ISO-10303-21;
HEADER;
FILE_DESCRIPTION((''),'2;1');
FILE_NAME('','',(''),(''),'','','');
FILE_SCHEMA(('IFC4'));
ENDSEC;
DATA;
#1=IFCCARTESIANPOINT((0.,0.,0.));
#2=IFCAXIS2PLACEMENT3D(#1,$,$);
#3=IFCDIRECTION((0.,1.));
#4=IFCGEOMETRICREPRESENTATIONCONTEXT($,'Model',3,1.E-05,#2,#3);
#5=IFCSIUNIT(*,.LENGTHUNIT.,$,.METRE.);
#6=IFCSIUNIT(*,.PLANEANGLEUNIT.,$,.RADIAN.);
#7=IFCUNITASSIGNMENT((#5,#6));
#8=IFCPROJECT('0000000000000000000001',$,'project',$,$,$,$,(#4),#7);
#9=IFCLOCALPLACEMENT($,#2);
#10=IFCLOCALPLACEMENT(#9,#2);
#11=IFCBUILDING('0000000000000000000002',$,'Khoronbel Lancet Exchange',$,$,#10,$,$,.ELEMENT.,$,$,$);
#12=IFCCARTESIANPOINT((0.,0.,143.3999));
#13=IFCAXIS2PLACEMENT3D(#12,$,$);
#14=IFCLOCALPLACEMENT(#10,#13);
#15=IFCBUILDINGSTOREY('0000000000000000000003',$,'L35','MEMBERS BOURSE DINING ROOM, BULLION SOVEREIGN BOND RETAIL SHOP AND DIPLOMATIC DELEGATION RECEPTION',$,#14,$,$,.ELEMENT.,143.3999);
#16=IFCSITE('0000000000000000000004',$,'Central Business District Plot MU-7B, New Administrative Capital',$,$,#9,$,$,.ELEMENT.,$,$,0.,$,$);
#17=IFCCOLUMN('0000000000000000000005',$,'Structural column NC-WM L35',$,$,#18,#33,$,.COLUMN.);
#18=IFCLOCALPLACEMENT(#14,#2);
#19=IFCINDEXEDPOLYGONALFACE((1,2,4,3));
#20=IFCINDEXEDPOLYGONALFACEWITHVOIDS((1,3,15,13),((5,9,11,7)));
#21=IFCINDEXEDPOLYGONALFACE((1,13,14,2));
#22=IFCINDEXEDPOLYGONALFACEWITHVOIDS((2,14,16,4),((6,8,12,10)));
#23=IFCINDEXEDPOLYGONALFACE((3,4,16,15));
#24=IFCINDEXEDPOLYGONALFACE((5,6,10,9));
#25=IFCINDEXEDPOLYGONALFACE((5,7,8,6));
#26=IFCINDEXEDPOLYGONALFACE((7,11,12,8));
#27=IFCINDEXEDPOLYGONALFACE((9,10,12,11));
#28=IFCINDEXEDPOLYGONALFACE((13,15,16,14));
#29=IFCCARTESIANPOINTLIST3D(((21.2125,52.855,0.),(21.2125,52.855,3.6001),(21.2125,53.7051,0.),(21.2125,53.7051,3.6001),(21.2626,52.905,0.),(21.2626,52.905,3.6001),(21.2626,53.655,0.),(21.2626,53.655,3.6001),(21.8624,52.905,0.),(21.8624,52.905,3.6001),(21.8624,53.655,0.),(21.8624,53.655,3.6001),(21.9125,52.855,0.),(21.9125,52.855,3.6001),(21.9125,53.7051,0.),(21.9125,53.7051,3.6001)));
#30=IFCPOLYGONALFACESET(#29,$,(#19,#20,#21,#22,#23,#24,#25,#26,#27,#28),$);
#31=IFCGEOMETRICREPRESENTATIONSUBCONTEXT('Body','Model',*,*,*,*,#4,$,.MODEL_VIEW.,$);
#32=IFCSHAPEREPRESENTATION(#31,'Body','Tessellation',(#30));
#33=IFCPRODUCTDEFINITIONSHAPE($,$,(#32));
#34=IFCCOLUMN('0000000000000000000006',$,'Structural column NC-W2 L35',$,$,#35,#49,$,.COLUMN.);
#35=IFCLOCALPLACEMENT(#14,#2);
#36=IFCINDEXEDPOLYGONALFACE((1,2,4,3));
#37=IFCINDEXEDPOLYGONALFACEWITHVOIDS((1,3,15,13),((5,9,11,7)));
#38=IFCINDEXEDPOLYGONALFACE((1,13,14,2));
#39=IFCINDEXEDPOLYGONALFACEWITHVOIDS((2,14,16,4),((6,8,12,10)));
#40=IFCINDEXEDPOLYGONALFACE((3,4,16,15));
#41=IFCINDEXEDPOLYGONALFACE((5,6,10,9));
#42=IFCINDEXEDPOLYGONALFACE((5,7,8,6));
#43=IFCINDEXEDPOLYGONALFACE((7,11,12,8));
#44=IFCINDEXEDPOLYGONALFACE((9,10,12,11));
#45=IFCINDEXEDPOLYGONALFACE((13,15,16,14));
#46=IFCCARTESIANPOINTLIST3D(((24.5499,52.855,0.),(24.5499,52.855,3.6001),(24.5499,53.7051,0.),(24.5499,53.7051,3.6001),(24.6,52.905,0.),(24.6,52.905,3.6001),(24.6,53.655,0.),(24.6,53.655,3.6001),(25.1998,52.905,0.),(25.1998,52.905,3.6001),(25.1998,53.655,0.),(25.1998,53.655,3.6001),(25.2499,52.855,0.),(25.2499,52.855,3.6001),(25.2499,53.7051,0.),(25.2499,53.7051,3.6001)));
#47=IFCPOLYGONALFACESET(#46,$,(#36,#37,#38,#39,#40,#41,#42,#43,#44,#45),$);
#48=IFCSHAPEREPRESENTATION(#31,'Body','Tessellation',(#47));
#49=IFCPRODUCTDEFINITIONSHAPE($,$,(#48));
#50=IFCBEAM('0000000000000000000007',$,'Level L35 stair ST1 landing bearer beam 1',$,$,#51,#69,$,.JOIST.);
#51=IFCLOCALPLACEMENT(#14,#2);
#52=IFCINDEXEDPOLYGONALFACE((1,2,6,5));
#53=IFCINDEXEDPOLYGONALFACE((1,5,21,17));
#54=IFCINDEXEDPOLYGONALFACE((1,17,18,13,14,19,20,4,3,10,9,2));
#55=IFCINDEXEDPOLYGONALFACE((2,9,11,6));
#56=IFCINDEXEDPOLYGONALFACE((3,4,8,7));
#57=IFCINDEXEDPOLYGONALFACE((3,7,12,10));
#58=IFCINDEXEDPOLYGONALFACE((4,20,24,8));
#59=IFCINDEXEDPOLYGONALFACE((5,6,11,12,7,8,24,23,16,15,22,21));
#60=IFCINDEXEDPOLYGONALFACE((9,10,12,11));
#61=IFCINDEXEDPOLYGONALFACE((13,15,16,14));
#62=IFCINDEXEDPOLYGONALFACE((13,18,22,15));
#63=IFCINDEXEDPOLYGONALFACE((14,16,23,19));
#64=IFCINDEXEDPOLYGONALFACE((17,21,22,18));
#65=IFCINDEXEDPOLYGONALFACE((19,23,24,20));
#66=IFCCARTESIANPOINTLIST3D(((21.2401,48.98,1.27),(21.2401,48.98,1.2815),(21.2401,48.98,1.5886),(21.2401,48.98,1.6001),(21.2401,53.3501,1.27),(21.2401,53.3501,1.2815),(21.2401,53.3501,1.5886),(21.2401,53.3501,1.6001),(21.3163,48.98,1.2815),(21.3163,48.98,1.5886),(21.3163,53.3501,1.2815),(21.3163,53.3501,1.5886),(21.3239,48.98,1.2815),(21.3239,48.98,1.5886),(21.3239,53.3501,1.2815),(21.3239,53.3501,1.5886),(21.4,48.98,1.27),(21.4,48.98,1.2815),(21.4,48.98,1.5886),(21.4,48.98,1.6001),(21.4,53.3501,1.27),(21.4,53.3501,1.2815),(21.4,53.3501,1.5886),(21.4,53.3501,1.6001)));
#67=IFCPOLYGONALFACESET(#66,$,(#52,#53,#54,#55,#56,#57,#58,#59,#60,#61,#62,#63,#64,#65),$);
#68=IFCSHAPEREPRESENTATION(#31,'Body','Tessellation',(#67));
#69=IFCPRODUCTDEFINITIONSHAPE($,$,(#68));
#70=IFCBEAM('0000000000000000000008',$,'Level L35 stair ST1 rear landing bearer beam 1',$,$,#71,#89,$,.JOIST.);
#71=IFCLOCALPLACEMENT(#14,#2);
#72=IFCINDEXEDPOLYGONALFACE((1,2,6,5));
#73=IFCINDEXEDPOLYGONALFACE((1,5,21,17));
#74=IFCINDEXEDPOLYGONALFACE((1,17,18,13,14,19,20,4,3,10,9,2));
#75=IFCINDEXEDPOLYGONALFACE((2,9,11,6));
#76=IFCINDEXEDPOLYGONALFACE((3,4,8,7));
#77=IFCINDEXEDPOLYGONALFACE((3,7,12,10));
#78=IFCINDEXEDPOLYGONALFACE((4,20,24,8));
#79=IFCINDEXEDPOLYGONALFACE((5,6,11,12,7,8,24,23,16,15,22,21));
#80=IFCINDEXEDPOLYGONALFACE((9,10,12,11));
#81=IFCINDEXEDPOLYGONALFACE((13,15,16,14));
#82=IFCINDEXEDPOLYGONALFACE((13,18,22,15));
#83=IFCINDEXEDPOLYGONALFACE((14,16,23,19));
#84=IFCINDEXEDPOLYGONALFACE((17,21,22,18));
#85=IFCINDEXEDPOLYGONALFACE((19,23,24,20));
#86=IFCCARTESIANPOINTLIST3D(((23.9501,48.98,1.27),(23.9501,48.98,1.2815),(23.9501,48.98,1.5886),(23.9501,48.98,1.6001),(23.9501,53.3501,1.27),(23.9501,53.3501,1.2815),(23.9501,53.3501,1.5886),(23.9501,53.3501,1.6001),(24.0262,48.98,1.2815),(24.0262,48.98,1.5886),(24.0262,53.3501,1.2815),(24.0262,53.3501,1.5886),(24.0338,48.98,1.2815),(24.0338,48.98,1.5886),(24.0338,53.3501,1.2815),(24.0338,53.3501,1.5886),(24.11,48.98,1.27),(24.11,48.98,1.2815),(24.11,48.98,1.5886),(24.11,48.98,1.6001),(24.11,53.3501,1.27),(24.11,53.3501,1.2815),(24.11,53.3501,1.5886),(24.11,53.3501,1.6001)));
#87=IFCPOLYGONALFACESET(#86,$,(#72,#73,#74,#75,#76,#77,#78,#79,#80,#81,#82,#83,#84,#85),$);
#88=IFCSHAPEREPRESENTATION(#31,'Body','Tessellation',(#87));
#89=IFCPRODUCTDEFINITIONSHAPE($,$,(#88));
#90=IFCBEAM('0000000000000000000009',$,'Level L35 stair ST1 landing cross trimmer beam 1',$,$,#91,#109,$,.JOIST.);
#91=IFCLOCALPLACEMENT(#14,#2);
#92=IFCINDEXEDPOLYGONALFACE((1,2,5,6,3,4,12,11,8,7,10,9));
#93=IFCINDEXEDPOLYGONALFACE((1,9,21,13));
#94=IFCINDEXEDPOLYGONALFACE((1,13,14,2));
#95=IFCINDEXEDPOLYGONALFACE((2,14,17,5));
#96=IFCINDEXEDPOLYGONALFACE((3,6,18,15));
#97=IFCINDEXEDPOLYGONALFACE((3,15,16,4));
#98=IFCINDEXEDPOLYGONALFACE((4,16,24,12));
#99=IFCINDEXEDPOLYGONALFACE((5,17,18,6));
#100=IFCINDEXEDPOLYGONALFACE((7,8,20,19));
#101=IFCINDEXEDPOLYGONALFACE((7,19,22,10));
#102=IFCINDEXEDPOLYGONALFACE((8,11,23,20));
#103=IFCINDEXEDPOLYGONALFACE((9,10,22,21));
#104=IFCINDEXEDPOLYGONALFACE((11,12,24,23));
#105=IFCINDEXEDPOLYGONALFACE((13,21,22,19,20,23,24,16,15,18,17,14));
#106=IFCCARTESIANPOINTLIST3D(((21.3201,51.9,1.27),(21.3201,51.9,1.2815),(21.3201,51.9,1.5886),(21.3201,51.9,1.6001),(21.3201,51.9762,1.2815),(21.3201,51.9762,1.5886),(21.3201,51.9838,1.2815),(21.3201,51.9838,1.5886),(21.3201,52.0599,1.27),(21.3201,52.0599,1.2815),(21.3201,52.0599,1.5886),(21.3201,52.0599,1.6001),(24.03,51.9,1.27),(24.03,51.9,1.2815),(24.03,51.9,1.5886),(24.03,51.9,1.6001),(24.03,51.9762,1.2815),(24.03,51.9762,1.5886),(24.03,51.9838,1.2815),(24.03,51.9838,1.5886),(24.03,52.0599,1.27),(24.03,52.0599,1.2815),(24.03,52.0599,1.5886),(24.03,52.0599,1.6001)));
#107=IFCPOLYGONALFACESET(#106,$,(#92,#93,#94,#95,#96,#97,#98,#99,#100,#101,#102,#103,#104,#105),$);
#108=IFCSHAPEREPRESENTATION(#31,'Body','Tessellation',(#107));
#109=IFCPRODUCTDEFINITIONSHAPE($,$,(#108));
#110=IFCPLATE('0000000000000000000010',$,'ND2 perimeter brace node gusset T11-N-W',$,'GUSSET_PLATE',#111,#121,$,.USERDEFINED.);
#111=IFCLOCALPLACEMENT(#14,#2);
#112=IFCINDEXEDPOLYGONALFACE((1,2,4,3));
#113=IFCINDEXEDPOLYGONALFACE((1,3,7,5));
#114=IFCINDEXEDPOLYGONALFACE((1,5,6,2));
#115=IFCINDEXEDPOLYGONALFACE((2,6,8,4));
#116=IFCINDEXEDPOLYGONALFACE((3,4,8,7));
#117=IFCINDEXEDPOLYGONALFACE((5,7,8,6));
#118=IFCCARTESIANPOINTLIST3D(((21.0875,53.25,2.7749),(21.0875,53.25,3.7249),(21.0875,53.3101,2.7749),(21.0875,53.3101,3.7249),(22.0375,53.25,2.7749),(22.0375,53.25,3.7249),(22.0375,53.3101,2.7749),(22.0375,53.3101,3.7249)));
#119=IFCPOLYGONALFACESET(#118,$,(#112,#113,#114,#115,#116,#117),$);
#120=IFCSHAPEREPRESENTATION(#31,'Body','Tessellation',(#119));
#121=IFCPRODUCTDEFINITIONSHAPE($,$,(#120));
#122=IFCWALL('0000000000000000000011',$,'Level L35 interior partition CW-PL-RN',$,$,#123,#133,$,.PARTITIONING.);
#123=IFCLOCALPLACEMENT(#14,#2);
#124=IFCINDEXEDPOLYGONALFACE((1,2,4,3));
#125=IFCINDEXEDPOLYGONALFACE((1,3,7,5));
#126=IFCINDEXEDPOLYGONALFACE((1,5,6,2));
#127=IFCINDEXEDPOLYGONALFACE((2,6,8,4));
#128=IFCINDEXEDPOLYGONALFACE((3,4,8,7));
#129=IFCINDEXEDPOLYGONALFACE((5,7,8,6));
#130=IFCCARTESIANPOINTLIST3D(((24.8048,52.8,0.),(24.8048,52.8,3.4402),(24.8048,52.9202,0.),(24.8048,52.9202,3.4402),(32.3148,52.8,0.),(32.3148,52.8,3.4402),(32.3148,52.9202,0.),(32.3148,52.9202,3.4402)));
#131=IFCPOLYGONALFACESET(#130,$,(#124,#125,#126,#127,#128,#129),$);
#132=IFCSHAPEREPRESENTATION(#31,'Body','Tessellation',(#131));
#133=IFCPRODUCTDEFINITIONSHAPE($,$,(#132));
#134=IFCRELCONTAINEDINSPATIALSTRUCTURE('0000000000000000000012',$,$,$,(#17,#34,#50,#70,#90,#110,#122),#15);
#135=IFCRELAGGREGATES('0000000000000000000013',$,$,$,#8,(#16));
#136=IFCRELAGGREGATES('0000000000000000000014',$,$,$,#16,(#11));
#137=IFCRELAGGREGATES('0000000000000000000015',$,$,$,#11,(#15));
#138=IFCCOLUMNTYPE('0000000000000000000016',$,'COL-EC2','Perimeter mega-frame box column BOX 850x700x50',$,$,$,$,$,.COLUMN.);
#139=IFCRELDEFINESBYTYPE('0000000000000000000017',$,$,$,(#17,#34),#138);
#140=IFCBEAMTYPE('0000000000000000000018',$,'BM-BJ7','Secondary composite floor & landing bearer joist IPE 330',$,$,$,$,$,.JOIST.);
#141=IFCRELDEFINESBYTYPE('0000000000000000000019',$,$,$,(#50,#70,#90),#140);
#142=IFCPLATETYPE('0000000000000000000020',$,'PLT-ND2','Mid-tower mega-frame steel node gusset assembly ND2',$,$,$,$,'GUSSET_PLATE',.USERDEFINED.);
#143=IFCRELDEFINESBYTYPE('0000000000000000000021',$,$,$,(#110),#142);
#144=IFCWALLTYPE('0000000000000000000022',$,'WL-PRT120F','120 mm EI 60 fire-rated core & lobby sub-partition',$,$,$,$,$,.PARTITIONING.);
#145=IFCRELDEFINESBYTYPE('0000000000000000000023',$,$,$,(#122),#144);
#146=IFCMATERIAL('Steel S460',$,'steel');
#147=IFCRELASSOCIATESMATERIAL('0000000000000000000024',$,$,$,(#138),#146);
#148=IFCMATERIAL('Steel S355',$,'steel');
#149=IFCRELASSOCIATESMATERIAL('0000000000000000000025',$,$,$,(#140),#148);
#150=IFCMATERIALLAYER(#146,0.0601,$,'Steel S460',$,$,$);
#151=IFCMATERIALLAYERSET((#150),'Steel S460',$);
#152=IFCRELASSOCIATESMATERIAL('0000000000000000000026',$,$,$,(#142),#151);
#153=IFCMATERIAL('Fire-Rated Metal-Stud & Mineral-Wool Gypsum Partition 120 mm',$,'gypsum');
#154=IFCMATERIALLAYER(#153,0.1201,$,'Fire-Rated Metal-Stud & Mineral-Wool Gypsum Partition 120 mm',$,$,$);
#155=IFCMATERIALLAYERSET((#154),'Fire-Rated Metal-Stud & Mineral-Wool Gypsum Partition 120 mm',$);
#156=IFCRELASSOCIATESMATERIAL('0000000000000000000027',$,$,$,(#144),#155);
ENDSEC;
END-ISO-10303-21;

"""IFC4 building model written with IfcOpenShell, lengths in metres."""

from ifc_helpers import new_model, si_unit, direction, frame, frame_2d, origin, origin_2d, place, context, subcontext, project, spatial, rectangle, hollow_rectangle, i_section, extrude, material, layer, layer_set, material_profile, profile_set, type_object, element, save


model = new_model("IFC4")

# Units and contexts
model_context = context("Model", 3, precision=1e-05, world=origin(), true_north=direction((0.0, 1.0)))
body_context = subcontext(model_context, "Body", "Model", "MODEL_VIEW")
ifc_project = project(units=[si_unit("LENGTHUNIT", "METRE"), si_unit("PLANEANGLEUNIT", "RADIAN")], contexts=[model_context])

# Site, building, storey
site_placement = place(None, origin())
site = spatial("IfcSite", under=ifc_project, at=site_placement, Name="Central Business District Plot MU-7B, New Administrative Capital", CompositionType="ELEMENT", RefElevation=0.0)
building_placement = place(site_placement, origin())
building = spatial("IfcBuilding", under=site, at=building_placement, Name="Khoronbel Lancet Exchange", CompositionType="ELEMENT")
storey_placement = place(building_placement, frame((0.0, 0.0, 143.3999)))
storey = spatial("IfcBuildingStorey", under=building, at=storey_placement, Name="L35", Description="MEMBERS BOURSE DINING ROOM, BULLION SOVEREIGN BOND RETAIL SHOP AND DIPLOMATIC DELEGATION RECEPTION", CompositionType="ELEMENT", Elevation=143.3999)

# Columns
ifc_material_1 = material(Name="Steel S460", Category="steel")
ifc_material_profile_1 = material_profile(ifc_material_1, hollow_rectangle(XDim=0.7, YDim=0.8501, WallThickness=0.05, at=origin_2d()), Name="BOX 850x700x50")
ifc_profile_set_1 = profile_set([ifc_material_profile_1], Name="Steel S460")
column_type = type_object("IfcColumnType", Name="COL-EC2", Description="Perimeter mega-frame box column BOX 850x700x50", PredefinedType="COLUMN", material=ifc_profile_set_1)
for number, where, z_axis, x_axis, name in (
    (1, (21.5625, 53.28, 0.0), (0.0, 0.0, 1.0), (1.0, 0.0, 0.0), "Structural column NC-WM L35"),
    (2, (24.8999, 53.28, 0.0), (0.0, 0.0, 1.0), (1.0, 0.0, 0.0), "Structural column NC-W2 L35"),
):
    element("IfcColumn", number, at=place(storey_placement, frame(where, z_axis=z_axis, x_axis=x_axis)), inside=storey, type_object=column_type, Name=name, PredefinedType="COLUMN", context=body_context, shape_type="SweptSolid", body=[
        extrude(hollow_rectangle(XDim=0.7, YDim=0.8501, WallThickness=0.05, at=origin_2d()), origin(), (0.0, 0.0, 1.0), 3.6001),
    ])

# Beams
ifc_material_2 = material(Name="Steel S355", Category="steel")
ifc_material_profile_2 = material_profile(ifc_material_2, i_section(OverallWidth=0.1599, OverallDepth=0.3301, WebThickness=0.0076, FlangeThickness=0.0115, at=origin_2d()), Name="IPE 330")
ifc_profile_set_2 = profile_set([ifc_material_profile_2], Name="Steel S355")
beam_type = type_object("IfcBeamType", Name="BM-BJ7", Description="Secondary composite floor & landing bearer joist IPE 330", PredefinedType="JOIST", material=ifc_profile_set_2)
for number, where, z_axis, x_axis, name in (
    (3, (21.3201, 48.98, 1.4351), (0.0, 1.0, 0.0), (-1.0, 0.0, 0.0), "Level L35 stair ST1 landing bearer beam 1"),
    (4, (24.03, 48.98, 1.4351), (0.0, 1.0, 0.0), (-1.0, 0.0, 0.0), "Level L35 stair ST1 rear landing bearer beam 1"),
):
    element("IfcBeam", number, at=place(storey_placement, frame(where, z_axis=z_axis, x_axis=x_axis)), inside=storey, type_object=beam_type, Name=name, PredefinedType="JOIST", context=body_context, shape_type="SweptSolid", body=[
        extrude(i_section(OverallWidth=0.1599, OverallDepth=0.3301, WebThickness=0.0076, FlangeThickness=0.0115, at=origin_2d()), origin(), (0.0, 0.0, 1.0), 4.3701),
    ])
beam_placement = place(storey_placement, frame((21.3201, 51.98, 1.4351), z_axis=(1.0, 0.0, 0.0), x_axis=(0.0, 1.0, 0.0)))
element("IfcBeam", 5, at=beam_placement, inside=storey, type_object=beam_type, Name="Level L35 stair ST1 landing cross trimmer beam 1", PredefinedType="JOIST", context=body_context, shape_type="SweptSolid", body=[
    extrude(i_section(OverallWidth=0.1599, OverallDepth=0.3301, WebThickness=0.0076, FlangeThickness=0.0115, at=origin_2d()), origin(), (0.0, 0.0, 1.0), 2.71),
])

# Plate
ifc_layer_1 = layer(ifc_material_1, 0.0601, Name="Steel S460")
ifc_layer_set_1 = layer_set([ifc_layer_1], Name="Steel S460")
plate_type = type_object("IfcPlateType", Name="PLT-ND2", Description="Mid-tower mega-frame steel node gusset assembly ND2", ElementType="GUSSET_PLATE", PredefinedType="USERDEFINED", material=ifc_layer_set_1)
plate_placement = place(storey_placement, frame((21.5625, 53.28, 2.7749), z_axis=(0.0, 0.0, 1.0), x_axis=(1.0, 0.0, 0.0)))
element("IfcPlate", 6, at=plate_placement, inside=storey, type_object=plate_type, Name="ND2 perimeter brace node gusset T11-N-W", ObjectType="GUSSET_PLATE", PredefinedType="USERDEFINED", context=body_context, shape_type="SweptSolid", body=[
    extrude(rectangle(XDim=0.95, YDim=0.0601, at=origin_2d()), origin(), (0.0, 0.0, 1.0), 0.95),
])

# Wall
ifc_material_3 = material(Name="Fire-Rated Metal-Stud & Mineral-Wool Gypsum Partition 120 mm", Category="gypsum")
ifc_layer_2 = layer(ifc_material_3, 0.1201, Name="Fire-Rated Metal-Stud & Mineral-Wool Gypsum Partition 120 mm")
ifc_layer_set_2 = layer_set([ifc_layer_2], Name="Fire-Rated Metal-Stud & Mineral-Wool Gypsum Partition 120 mm")
wall_type_1 = type_object("IfcWallType", Name="WL-PRT120F", Description="120 mm EI 60 fire-rated core & lobby sub-partition", PredefinedType="PARTITIONING", material=ifc_layer_set_2)
wall_1_placement = place(storey_placement, frame((24.8049, 52.8601, 0.0), z_axis=(0.0, 0.0, 1.0), x_axis=(1.0, 0.0, 0.0)))
element("IfcWall", 7, at=wall_1_placement, inside=storey, type_object=wall_type_1, Name="Level L35 interior partition CW-PL-RN", PredefinedType="PARTITIONING", context=body_context, shape_type="SweptSolid", body=[
    extrude(rectangle(XDim=7.51, YDim=0.1201, at=frame_2d((3.7549, 0.0))), origin(), (0.0, 0.0, 1.0), 3.4402),
])

save(model, "model.ifc")
